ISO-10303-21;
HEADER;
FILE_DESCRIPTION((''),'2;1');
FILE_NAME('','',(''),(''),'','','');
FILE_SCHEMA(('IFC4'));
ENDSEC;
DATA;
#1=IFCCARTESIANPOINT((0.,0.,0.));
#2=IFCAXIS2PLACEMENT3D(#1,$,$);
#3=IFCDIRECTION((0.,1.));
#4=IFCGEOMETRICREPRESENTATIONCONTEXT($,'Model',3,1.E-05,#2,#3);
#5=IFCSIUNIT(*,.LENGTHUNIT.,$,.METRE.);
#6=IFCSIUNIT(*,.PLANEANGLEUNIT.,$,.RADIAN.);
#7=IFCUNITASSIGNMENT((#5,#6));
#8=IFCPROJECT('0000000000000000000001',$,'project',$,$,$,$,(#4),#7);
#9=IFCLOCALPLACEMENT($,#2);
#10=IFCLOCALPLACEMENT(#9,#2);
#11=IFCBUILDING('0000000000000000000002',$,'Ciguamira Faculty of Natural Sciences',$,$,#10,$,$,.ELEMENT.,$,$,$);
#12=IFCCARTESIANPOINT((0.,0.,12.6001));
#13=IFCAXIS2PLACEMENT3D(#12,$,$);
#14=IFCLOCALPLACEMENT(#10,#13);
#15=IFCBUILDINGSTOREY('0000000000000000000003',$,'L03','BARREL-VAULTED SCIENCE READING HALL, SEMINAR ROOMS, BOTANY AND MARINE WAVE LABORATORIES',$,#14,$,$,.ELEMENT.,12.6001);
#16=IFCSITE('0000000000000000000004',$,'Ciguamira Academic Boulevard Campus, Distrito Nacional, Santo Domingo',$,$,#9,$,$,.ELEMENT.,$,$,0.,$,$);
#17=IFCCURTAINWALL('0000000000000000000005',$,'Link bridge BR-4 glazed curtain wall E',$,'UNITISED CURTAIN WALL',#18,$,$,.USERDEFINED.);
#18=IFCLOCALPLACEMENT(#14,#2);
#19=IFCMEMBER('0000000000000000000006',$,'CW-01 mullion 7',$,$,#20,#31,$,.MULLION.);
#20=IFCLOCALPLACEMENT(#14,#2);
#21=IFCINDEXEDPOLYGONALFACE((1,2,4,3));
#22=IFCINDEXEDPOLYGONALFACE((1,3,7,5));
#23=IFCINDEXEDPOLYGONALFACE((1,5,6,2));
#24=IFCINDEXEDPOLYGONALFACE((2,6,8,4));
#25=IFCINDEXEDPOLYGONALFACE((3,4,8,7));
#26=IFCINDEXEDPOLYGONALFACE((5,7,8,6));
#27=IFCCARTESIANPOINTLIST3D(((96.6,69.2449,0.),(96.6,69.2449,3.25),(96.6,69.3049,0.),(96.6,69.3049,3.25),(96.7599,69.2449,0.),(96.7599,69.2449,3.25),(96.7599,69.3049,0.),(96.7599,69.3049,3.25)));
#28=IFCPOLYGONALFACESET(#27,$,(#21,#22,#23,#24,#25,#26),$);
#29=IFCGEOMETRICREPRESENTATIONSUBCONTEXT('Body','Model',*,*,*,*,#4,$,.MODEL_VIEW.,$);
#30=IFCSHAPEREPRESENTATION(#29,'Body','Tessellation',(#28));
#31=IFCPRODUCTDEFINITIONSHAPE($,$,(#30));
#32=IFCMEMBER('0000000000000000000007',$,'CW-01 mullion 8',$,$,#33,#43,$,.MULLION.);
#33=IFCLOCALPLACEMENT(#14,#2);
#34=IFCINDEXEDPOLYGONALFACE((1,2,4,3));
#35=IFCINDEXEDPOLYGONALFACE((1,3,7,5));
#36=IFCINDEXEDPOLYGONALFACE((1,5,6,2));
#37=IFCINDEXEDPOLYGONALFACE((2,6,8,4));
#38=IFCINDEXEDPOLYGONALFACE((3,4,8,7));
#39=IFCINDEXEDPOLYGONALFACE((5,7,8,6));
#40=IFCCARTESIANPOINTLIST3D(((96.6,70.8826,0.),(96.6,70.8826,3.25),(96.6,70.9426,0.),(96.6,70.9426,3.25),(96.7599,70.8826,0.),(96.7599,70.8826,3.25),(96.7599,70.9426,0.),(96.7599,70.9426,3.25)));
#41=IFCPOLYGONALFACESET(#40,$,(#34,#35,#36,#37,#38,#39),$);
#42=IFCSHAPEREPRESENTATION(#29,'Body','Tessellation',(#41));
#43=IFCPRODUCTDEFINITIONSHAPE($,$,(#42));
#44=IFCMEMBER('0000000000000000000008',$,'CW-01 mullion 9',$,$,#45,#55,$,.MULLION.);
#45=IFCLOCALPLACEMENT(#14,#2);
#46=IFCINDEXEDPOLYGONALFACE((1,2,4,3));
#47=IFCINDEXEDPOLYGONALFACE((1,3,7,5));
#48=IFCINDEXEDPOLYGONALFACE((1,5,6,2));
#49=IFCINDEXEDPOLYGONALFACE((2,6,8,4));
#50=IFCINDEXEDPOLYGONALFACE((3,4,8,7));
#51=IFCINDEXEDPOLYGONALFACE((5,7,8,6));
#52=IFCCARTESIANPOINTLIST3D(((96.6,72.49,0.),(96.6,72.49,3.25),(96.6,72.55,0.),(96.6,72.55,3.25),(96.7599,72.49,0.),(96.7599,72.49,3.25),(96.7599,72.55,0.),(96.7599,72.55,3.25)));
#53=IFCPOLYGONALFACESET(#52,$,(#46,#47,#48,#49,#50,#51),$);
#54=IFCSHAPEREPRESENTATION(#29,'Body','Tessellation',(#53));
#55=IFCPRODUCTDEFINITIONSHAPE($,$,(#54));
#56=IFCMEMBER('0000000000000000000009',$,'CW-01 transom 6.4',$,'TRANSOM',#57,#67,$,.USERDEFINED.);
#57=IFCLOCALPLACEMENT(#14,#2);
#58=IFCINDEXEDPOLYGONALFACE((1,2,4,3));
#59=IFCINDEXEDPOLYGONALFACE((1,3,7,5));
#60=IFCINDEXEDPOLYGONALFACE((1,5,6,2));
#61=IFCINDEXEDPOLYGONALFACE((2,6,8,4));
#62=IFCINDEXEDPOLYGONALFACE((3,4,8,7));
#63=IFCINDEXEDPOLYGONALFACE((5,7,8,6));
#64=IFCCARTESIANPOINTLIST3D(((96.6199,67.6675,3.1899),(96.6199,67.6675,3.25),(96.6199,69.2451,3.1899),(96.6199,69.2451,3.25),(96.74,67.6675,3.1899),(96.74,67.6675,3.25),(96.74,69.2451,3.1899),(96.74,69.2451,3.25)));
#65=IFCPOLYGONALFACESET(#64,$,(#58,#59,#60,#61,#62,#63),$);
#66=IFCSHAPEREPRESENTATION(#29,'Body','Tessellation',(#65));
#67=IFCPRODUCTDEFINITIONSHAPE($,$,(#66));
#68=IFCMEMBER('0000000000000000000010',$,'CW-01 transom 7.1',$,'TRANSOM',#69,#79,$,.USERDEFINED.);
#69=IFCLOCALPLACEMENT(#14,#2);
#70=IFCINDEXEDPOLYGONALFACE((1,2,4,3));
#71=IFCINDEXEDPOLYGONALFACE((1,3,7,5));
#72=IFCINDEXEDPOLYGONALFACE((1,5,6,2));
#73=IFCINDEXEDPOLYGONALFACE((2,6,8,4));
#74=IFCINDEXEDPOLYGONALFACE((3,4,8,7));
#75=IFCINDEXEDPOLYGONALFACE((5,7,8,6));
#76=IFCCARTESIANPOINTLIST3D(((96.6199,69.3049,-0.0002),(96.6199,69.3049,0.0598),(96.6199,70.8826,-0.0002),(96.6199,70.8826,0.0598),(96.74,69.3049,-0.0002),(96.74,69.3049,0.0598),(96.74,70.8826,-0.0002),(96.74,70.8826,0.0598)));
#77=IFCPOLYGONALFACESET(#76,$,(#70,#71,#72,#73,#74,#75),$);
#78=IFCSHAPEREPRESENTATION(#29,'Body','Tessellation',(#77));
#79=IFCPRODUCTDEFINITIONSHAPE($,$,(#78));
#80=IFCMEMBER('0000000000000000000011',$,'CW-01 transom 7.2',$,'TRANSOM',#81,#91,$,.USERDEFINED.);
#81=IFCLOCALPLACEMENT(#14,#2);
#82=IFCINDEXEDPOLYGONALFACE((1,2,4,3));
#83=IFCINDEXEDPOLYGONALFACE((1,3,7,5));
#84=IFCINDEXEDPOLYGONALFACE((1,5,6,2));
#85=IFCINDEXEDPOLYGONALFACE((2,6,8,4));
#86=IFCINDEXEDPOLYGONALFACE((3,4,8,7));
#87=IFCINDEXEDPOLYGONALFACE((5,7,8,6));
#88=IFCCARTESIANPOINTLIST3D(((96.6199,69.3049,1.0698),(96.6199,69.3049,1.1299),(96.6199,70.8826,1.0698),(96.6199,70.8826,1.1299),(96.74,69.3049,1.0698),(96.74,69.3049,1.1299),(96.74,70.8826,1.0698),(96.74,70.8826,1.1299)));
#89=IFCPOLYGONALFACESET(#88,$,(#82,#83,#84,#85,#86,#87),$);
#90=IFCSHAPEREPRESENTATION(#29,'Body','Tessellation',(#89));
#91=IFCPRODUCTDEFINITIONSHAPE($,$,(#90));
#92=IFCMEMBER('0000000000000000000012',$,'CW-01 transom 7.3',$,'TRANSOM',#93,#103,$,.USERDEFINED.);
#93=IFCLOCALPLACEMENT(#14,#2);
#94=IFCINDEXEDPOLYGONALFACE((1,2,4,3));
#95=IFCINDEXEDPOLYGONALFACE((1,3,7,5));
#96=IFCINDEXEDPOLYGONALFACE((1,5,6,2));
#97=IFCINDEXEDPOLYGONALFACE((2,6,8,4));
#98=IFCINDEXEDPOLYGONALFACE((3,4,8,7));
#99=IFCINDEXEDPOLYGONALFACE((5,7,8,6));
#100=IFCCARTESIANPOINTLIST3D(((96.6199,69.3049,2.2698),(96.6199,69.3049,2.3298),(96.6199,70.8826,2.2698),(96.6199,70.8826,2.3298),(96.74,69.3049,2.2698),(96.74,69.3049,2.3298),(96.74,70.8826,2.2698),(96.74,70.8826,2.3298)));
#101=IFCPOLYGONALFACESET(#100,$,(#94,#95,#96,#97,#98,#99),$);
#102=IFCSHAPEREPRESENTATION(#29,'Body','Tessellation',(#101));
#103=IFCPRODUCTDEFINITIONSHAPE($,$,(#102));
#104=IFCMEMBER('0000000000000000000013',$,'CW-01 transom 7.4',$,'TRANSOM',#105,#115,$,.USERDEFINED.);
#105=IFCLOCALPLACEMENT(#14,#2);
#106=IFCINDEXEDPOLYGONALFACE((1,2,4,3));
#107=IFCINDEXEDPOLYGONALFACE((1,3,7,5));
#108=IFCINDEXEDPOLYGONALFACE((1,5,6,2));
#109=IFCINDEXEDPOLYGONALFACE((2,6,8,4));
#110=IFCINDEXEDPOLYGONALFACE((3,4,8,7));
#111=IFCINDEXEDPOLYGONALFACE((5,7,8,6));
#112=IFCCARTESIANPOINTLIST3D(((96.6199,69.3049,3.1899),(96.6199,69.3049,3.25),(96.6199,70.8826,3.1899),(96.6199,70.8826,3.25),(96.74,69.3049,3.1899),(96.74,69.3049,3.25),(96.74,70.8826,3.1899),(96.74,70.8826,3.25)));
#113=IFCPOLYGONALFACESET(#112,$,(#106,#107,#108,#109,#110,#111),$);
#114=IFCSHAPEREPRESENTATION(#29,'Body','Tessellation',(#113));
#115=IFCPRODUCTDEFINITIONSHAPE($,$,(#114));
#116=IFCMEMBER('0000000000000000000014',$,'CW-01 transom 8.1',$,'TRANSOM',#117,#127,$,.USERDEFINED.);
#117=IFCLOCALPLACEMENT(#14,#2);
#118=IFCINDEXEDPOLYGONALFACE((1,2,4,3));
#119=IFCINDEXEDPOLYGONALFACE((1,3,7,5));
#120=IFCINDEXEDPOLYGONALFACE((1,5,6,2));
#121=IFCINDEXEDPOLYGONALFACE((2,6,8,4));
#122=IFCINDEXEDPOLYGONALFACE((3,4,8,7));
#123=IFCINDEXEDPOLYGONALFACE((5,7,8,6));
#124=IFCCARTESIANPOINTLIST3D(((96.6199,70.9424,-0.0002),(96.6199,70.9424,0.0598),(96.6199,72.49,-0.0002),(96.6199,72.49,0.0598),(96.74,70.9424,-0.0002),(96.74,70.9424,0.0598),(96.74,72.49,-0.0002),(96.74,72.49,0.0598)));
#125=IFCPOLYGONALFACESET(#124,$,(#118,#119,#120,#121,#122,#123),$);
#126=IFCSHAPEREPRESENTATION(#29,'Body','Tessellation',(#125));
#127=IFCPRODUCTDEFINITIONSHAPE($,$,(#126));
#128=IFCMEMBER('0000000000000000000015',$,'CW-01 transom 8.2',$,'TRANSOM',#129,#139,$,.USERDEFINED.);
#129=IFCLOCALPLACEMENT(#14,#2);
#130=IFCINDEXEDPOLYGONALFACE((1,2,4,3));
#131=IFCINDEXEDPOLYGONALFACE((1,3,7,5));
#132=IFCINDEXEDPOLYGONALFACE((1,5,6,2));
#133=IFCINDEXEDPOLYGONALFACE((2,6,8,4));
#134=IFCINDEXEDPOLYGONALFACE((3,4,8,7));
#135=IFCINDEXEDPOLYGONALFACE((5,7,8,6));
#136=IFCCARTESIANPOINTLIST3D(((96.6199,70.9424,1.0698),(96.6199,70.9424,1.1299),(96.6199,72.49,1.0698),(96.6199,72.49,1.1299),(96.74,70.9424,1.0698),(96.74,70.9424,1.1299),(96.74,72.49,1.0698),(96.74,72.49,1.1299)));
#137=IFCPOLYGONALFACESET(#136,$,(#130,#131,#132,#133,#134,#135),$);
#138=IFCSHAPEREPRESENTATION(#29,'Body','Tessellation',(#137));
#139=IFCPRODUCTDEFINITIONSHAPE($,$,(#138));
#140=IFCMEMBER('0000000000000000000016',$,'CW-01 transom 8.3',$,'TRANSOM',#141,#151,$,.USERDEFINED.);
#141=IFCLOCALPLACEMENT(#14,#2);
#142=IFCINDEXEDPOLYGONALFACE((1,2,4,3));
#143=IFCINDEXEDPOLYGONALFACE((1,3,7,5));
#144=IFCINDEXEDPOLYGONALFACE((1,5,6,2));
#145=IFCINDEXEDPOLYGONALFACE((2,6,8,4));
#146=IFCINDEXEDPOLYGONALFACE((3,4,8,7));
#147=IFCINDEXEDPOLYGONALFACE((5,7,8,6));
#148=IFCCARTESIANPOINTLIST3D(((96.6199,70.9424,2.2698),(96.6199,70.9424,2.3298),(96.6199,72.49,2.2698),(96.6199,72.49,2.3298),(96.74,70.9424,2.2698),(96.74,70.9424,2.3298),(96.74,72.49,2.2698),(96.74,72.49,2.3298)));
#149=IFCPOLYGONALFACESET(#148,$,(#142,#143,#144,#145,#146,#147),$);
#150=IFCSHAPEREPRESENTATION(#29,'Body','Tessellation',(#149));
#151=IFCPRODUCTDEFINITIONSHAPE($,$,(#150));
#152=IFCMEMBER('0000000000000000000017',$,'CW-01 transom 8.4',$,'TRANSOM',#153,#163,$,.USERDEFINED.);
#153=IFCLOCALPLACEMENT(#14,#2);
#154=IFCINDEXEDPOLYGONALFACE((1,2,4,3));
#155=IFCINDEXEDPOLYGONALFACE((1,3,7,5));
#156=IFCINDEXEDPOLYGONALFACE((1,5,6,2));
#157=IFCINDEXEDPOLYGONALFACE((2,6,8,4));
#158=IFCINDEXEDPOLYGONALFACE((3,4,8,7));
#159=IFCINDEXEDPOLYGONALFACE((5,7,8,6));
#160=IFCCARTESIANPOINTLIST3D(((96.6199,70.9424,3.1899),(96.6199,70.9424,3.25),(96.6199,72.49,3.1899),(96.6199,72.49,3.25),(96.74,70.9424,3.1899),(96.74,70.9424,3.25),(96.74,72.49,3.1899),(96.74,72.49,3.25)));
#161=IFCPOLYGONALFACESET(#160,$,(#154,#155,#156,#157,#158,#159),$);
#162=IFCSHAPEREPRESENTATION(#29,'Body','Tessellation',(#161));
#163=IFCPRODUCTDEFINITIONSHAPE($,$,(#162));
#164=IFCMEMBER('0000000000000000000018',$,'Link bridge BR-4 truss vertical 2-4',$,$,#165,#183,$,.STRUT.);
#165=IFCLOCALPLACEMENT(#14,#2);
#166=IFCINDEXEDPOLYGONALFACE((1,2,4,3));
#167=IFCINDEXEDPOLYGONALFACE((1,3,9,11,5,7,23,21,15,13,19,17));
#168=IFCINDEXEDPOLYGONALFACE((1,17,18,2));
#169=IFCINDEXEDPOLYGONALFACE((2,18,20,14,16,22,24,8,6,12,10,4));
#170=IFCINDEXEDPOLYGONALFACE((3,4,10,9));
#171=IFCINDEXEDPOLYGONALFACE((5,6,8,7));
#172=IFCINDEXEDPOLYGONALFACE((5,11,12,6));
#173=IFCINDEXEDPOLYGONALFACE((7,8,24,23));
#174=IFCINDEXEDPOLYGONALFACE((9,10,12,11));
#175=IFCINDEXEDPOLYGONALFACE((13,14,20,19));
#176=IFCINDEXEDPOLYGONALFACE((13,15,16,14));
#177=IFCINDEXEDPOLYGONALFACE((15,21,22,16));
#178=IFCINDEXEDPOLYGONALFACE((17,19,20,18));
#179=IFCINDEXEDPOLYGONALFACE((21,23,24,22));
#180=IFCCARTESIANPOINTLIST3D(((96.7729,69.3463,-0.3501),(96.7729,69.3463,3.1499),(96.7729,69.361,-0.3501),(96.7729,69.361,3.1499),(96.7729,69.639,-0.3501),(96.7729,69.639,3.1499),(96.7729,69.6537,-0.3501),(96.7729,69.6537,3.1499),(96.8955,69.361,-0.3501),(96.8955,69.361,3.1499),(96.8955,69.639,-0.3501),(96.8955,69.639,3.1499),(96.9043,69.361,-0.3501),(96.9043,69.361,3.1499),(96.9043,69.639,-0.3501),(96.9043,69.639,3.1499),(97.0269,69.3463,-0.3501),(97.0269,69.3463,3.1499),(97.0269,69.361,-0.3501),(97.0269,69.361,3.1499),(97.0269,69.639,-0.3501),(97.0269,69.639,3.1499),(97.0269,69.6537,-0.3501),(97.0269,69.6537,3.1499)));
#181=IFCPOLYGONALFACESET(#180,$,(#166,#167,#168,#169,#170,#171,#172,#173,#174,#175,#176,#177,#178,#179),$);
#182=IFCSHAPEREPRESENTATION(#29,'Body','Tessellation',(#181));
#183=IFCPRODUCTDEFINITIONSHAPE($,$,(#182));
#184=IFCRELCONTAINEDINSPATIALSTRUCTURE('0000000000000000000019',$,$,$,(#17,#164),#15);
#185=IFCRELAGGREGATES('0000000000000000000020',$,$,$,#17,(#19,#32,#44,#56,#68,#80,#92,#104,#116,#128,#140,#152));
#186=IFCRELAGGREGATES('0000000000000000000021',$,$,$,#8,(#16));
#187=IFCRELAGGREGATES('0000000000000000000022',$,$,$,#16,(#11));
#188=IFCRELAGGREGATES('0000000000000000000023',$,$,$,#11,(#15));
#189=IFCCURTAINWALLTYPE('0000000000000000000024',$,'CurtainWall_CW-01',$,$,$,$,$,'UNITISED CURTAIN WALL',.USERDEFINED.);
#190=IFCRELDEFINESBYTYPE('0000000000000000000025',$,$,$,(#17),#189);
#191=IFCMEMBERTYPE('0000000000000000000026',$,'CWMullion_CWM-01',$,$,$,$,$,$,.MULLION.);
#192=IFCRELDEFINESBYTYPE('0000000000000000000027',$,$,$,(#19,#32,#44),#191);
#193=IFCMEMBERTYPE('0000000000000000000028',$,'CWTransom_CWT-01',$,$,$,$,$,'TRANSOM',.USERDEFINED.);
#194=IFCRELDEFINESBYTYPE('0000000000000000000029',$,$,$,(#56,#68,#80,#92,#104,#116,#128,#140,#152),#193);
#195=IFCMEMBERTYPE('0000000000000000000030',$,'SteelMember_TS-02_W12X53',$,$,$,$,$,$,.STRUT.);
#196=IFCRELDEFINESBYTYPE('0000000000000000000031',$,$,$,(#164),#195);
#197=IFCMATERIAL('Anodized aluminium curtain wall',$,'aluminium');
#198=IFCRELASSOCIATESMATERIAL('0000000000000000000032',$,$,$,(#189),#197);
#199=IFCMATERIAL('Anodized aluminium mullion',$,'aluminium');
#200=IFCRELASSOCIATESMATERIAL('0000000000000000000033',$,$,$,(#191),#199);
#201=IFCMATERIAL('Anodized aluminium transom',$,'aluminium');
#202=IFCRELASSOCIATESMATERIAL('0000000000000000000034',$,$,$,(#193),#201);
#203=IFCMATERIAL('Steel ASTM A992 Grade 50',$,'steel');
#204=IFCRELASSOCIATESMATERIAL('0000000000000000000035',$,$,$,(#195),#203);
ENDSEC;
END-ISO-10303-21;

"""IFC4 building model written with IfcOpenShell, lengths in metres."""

from ifc_helpers import new_model, si_unit, direction, frame, origin, origin_2d, place, context, subcontext, project, spatial, rectangle, i_section, extrude, material, material_profile, profile_set, type_object, element, aggregate, save


model = new_model("IFC4")

# Units and contexts
model_context = context("Model", 3, precision=1e-05, world=origin(), true_north=direction((0.0, 1.0)))
body_context = subcontext(model_context, "Body", "Model", "MODEL_VIEW")
ifc_project = project(units=[si_unit("LENGTHUNIT", "METRE"), si_unit("PLANEANGLEUNIT", "RADIAN")], contexts=[model_context])

# Site, building, storey
site_placement = place(None, origin())
site = spatial("IfcSite", under=ifc_project, at=site_placement, Name="Ciguamira Academic Boulevard Campus, Distrito Nacional, Santo Domingo", CompositionType="ELEMENT", RefElevation=0.0)
building_placement = place(site_placement, origin())
building = spatial("IfcBuilding", under=site, at=building_placement, Name="Ciguamira Faculty of Natural Sciences", CompositionType="ELEMENT")
storey_placement = place(building_placement, frame((0.0, 0.0, 12.6001)))
storey = spatial("IfcBuildingStorey", under=building, at=storey_placement, Name="L03", Description="BARREL-VAULTED SCIENCE READING HALL, SEMINAR ROOMS, BOTANY AND MARINE WAVE LABORATORIES", CompositionType="ELEMENT", Elevation=12.6001)

# Curtain wall, members
ifc_material_1 = material(Name="Anodized aluminium curtain wall", Category="aluminium")
curtain_wall_type = type_object("IfcCurtainWallType", Name="CurtainWall_CW-01", ElementType="UNITISED CURTAIN WALL", PredefinedType="USERDEFINED", material=ifc_material_1)
curtain_wall_placement = place(storey_placement, origin())
curtain_wall = element("IfcCurtainWall", 1, at=curtain_wall_placement, inside=storey, type_object=curtain_wall_type, Name="Link bridge BR-4 glazed curtain wall E", ObjectType="UNITISED CURTAIN WALL", PredefinedType="USERDEFINED")
ifc_material_2 = material(Name="Anodized aluminium mullion", Category="aluminium")
ifc_material_profile_1 = material_profile(ifc_material_2, rectangle(XDim=0.0601, YDim=0.1599, at=origin_2d()), Name="ALU-MUL-60X160")
ifc_profile_set_1 = profile_set([ifc_material_profile_1], Name="Anodized aluminium mullion")
member_type_1 = type_object("IfcMemberType", Name="CWMullion_CWM-01", PredefinedType="MULLION", material=ifc_profile_set_1)
member_1_placement = place(storey_placement, frame((96.6799, 69.2749, 0.0), z_axis=(0.0, 0.0, 1.0), x_axis=(0.0, 1.0, 0.0)))
member_1 = element("IfcMember", 2, at=member_1_placement, type_object=member_type_1, Name="CW-01 mullion 7", PredefinedType="MULLION", context=body_context, shape_type="SweptSolid", body=[
    extrude(rectangle(XDim=0.0601, YDim=0.1599, at=origin_2d()), origin(), (0.0, 0.0, 1.0), 3.25),
])
member_2_placement = place(storey_placement, frame((96.6799, 70.9126, 0.0), z_axis=(0.0, 0.0, 1.0), x_axis=(0.0, 1.0, 0.0)))
member_2 = element("IfcMember", 3, at=member_2_placement, type_object=member_type_1, Name="CW-01 mullion 8", PredefinedType="MULLION", context=body_context, shape_type="SweptSolid", body=[
    extrude(rectangle(XDim=0.0601, YDim=0.1599, at=origin_2d()), origin(), (0.0, 0.0, 1.0), 3.25),
])
member_3_placement = place(storey_placement, frame((96.6799, 72.52, 0.0), z_axis=(0.0, 0.0, 1.0), x_axis=(0.0, 1.0, 0.0)))
member_3 = element("IfcMember", 4, at=member_3_placement, type_object=member_type_1, Name="CW-01 mullion 9", PredefinedType="MULLION", context=body_context, shape_type="SweptSolid", body=[
    extrude(rectangle(XDim=0.0601, YDim=0.1599, at=origin_2d()), origin(), (0.0, 0.0, 1.0), 3.25),
])
ifc_material_3 = material(Name="Anodized aluminium transom", Category="aluminium")
ifc_material_profile_2 = material_profile(ifc_material_3, rectangle(XDim=0.0601, YDim=0.1201, at=origin_2d()), Name="ALU-TRN-60X120")
ifc_profile_set_2 = profile_set([ifc_material_profile_2], Name="Anodized aluminium transom")
member_type_2 = type_object("IfcMemberType", Name="CWTransom_CWT-01", ElementType="TRANSOM", PredefinedType="USERDEFINED", material=ifc_profile_set_2)
member_4_placement = place(storey_placement, frame((96.6799, 67.6675, 3.22), z_axis=(0.0, 1.0, 0.0), x_axis=(0.0, 0.0, 1.0)))
member_4 = element("IfcMember", 5, at=member_4_placement, type_object=member_type_2, Name="CW-01 transom 6.4", ObjectType="TRANSOM", PredefinedType="USERDEFINED", context=body_context, shape_type="SweptSolid", body=[
    extrude(rectangle(XDim=0.0601, YDim=0.1201, at=origin_2d()), origin(), (0.0, 0.0, 1.0), 1.5776),
])
member_5_placement = place(storey_placement, frame((96.6799, 69.3049, 0.0298), z_axis=(0.0, 1.0, 0.0), x_axis=(0.0, 0.0, 1.0)))
member_5 = element("IfcMember", 6, at=member_5_placement, type_object=member_type_2, Name="CW-01 transom 7.1", ObjectType="TRANSOM", PredefinedType="USERDEFINED", context=body_context, shape_type="SweptSolid", body=[
    extrude(rectangle(XDim=0.0601, YDim=0.1201, at=origin_2d()), origin(), (0.0, 0.0, 1.0), 1.5776),
])
member_6_placement = place(storey_placement, frame((96.6799, 69.3049, 1.0999), z_axis=(0.0, 1.0, 0.0), x_axis=(0.0, 0.0, 1.0)))
member_6 = element("IfcMember", 7, at=member_6_placement, type_object=member_type_2, Name="CW-01 transom 7.2", ObjectType="TRANSOM", PredefinedType="USERDEFINED", context=body_context, shape_type="SweptSolid", body=[
    extrude(rectangle(XDim=0.0601, YDim=0.1201, at=origin_2d()), origin(), (0.0, 0.0, 1.0), 1.5776),
])
member_7_placement = place(storey_placement, frame((96.6799, 69.3049, 2.2998), z_axis=(0.0, 1.0, 0.0), x_axis=(0.0, 0.0, 1.0)))
member_7 = element("IfcMember", 8, at=member_7_placement, type_object=member_type_2, Name="CW-01 transom 7.3", ObjectType="TRANSOM", PredefinedType="USERDEFINED", context=body_context, shape_type="SweptSolid", body=[
    extrude(rectangle(XDim=0.0601, YDim=0.1201, at=origin_2d()), origin(), (0.0, 0.0, 1.0), 1.5776),
])
member_8_placement = place(storey_placement, frame((96.6799, 69.3049, 3.22), z_axis=(0.0, 1.0, 0.0), x_axis=(0.0, 0.0, 1.0)))
member_8 = element("IfcMember", 9, at=member_8_placement, type_object=member_type_2, Name="CW-01 transom 7.4", ObjectType="TRANSOM", PredefinedType="USERDEFINED", context=body_context, shape_type="SweptSolid", body=[
    extrude(rectangle(XDim=0.0601, YDim=0.1201, at=origin_2d()), origin(), (0.0, 0.0, 1.0), 1.5776),
])
member_9_placement = place(storey_placement, frame((96.6799, 70.9424, 0.0298), z_axis=(0.0, 1.0, 0.0), x_axis=(0.0, 0.0, 1.0)))
member_9 = element("IfcMember", 10, at=member_9_placement, type_object=member_type_2, Name="CW-01 transom 8.1", ObjectType="TRANSOM", PredefinedType="USERDEFINED", context=body_context, shape_type="SweptSolid", body=[
    extrude(rectangle(XDim=0.0601, YDim=0.1201, at=origin_2d()), origin(), (0.0, 0.0, 1.0), 1.5476),
])
member_10_placement = place(storey_placement, frame((96.6799, 70.9424, 1.0999), z_axis=(0.0, 1.0, 0.0), x_axis=(0.0, 0.0, 1.0)))
member_10 = element("IfcMember", 11, at=member_10_placement, type_object=member_type_2, Name="CW-01 transom 8.2", ObjectType="TRANSOM", PredefinedType="USERDEFINED", context=body_context, shape_type="SweptSolid", body=[
    extrude(rectangle(XDim=0.0601, YDim=0.1201, at=origin_2d()), origin(), (0.0, 0.0, 1.0), 1.5476),
])
member_11_placement = place(storey_placement, frame((96.6799, 70.9424, 2.2998), z_axis=(0.0, 1.0, 0.0), x_axis=(0.0, 0.0, 1.0)))
member_11 = element("IfcMember", 12, at=member_11_placement, type_object=member_type_2, Name="CW-01 transom 8.3", ObjectType="TRANSOM", PredefinedType="USERDEFINED", context=body_context, shape_type="SweptSolid", body=[
    extrude(rectangle(XDim=0.0601, YDim=0.1201, at=origin_2d()), origin(), (0.0, 0.0, 1.0), 1.5476),
])
member_12_placement = place(storey_placement, frame((96.6799, 70.9424, 3.22), z_axis=(0.0, 1.0, 0.0), x_axis=(0.0, 0.0, 1.0)))
member_12 = element("IfcMember", 13, at=member_12_placement, type_object=member_type_2, Name="CW-01 transom 8.4", ObjectType="TRANSOM", PredefinedType="USERDEFINED", context=body_context, shape_type="SweptSolid", body=[
    extrude(rectangle(XDim=0.0601, YDim=0.1201, at=origin_2d()), origin(), (0.0, 0.0, 1.0), 1.5476),
])

# Member
ifc_material_4 = material(Name="Steel ASTM A992 Grade 50", Category="steel")
ifc_material_profile_3 = material_profile(ifc_material_4, i_section(OverallWidth=0.2539, OverallDepth=0.3074, WebThickness=0.0088, FlangeThickness=0.0146, at=origin_2d()), Name="W12X53")
ifc_profile_set_3 = profile_set([ifc_material_profile_3], Name="Steel ASTM A992 Grade 50")
member_type_3 = type_object("IfcMemberType", Name="SteelMember_TS-02_W12X53", PredefinedType="STRUT", material=ifc_profile_set_3)
member_13_placement = place(storey_placement, frame((96.8999, 69.5, -0.3501), z_axis=(0.0, 0.0, 1.0), x_axis=(1.0, 0.0, 0.0)))
element("IfcMember", 14, at=member_13_placement, inside=storey, type_object=member_type_3, Name="Link bridge BR-4 truss vertical 2-4", PredefinedType="STRUT", context=body_context, shape_type="SweptSolid", body=[
    extrude(i_section(OverallWidth=0.2539, OverallDepth=0.3074, WebThickness=0.0088, FlangeThickness=0.0146, at=origin_2d()), origin(), (0.0, 0.0, 1.0), 3.5),
])

aggregate(curtain_wall, [member_1, member_2, member_3, member_4, member_5, member_6, member_7, member_8, member_9, member_10, member_11, member_12])

save(model, "model.ifc")
